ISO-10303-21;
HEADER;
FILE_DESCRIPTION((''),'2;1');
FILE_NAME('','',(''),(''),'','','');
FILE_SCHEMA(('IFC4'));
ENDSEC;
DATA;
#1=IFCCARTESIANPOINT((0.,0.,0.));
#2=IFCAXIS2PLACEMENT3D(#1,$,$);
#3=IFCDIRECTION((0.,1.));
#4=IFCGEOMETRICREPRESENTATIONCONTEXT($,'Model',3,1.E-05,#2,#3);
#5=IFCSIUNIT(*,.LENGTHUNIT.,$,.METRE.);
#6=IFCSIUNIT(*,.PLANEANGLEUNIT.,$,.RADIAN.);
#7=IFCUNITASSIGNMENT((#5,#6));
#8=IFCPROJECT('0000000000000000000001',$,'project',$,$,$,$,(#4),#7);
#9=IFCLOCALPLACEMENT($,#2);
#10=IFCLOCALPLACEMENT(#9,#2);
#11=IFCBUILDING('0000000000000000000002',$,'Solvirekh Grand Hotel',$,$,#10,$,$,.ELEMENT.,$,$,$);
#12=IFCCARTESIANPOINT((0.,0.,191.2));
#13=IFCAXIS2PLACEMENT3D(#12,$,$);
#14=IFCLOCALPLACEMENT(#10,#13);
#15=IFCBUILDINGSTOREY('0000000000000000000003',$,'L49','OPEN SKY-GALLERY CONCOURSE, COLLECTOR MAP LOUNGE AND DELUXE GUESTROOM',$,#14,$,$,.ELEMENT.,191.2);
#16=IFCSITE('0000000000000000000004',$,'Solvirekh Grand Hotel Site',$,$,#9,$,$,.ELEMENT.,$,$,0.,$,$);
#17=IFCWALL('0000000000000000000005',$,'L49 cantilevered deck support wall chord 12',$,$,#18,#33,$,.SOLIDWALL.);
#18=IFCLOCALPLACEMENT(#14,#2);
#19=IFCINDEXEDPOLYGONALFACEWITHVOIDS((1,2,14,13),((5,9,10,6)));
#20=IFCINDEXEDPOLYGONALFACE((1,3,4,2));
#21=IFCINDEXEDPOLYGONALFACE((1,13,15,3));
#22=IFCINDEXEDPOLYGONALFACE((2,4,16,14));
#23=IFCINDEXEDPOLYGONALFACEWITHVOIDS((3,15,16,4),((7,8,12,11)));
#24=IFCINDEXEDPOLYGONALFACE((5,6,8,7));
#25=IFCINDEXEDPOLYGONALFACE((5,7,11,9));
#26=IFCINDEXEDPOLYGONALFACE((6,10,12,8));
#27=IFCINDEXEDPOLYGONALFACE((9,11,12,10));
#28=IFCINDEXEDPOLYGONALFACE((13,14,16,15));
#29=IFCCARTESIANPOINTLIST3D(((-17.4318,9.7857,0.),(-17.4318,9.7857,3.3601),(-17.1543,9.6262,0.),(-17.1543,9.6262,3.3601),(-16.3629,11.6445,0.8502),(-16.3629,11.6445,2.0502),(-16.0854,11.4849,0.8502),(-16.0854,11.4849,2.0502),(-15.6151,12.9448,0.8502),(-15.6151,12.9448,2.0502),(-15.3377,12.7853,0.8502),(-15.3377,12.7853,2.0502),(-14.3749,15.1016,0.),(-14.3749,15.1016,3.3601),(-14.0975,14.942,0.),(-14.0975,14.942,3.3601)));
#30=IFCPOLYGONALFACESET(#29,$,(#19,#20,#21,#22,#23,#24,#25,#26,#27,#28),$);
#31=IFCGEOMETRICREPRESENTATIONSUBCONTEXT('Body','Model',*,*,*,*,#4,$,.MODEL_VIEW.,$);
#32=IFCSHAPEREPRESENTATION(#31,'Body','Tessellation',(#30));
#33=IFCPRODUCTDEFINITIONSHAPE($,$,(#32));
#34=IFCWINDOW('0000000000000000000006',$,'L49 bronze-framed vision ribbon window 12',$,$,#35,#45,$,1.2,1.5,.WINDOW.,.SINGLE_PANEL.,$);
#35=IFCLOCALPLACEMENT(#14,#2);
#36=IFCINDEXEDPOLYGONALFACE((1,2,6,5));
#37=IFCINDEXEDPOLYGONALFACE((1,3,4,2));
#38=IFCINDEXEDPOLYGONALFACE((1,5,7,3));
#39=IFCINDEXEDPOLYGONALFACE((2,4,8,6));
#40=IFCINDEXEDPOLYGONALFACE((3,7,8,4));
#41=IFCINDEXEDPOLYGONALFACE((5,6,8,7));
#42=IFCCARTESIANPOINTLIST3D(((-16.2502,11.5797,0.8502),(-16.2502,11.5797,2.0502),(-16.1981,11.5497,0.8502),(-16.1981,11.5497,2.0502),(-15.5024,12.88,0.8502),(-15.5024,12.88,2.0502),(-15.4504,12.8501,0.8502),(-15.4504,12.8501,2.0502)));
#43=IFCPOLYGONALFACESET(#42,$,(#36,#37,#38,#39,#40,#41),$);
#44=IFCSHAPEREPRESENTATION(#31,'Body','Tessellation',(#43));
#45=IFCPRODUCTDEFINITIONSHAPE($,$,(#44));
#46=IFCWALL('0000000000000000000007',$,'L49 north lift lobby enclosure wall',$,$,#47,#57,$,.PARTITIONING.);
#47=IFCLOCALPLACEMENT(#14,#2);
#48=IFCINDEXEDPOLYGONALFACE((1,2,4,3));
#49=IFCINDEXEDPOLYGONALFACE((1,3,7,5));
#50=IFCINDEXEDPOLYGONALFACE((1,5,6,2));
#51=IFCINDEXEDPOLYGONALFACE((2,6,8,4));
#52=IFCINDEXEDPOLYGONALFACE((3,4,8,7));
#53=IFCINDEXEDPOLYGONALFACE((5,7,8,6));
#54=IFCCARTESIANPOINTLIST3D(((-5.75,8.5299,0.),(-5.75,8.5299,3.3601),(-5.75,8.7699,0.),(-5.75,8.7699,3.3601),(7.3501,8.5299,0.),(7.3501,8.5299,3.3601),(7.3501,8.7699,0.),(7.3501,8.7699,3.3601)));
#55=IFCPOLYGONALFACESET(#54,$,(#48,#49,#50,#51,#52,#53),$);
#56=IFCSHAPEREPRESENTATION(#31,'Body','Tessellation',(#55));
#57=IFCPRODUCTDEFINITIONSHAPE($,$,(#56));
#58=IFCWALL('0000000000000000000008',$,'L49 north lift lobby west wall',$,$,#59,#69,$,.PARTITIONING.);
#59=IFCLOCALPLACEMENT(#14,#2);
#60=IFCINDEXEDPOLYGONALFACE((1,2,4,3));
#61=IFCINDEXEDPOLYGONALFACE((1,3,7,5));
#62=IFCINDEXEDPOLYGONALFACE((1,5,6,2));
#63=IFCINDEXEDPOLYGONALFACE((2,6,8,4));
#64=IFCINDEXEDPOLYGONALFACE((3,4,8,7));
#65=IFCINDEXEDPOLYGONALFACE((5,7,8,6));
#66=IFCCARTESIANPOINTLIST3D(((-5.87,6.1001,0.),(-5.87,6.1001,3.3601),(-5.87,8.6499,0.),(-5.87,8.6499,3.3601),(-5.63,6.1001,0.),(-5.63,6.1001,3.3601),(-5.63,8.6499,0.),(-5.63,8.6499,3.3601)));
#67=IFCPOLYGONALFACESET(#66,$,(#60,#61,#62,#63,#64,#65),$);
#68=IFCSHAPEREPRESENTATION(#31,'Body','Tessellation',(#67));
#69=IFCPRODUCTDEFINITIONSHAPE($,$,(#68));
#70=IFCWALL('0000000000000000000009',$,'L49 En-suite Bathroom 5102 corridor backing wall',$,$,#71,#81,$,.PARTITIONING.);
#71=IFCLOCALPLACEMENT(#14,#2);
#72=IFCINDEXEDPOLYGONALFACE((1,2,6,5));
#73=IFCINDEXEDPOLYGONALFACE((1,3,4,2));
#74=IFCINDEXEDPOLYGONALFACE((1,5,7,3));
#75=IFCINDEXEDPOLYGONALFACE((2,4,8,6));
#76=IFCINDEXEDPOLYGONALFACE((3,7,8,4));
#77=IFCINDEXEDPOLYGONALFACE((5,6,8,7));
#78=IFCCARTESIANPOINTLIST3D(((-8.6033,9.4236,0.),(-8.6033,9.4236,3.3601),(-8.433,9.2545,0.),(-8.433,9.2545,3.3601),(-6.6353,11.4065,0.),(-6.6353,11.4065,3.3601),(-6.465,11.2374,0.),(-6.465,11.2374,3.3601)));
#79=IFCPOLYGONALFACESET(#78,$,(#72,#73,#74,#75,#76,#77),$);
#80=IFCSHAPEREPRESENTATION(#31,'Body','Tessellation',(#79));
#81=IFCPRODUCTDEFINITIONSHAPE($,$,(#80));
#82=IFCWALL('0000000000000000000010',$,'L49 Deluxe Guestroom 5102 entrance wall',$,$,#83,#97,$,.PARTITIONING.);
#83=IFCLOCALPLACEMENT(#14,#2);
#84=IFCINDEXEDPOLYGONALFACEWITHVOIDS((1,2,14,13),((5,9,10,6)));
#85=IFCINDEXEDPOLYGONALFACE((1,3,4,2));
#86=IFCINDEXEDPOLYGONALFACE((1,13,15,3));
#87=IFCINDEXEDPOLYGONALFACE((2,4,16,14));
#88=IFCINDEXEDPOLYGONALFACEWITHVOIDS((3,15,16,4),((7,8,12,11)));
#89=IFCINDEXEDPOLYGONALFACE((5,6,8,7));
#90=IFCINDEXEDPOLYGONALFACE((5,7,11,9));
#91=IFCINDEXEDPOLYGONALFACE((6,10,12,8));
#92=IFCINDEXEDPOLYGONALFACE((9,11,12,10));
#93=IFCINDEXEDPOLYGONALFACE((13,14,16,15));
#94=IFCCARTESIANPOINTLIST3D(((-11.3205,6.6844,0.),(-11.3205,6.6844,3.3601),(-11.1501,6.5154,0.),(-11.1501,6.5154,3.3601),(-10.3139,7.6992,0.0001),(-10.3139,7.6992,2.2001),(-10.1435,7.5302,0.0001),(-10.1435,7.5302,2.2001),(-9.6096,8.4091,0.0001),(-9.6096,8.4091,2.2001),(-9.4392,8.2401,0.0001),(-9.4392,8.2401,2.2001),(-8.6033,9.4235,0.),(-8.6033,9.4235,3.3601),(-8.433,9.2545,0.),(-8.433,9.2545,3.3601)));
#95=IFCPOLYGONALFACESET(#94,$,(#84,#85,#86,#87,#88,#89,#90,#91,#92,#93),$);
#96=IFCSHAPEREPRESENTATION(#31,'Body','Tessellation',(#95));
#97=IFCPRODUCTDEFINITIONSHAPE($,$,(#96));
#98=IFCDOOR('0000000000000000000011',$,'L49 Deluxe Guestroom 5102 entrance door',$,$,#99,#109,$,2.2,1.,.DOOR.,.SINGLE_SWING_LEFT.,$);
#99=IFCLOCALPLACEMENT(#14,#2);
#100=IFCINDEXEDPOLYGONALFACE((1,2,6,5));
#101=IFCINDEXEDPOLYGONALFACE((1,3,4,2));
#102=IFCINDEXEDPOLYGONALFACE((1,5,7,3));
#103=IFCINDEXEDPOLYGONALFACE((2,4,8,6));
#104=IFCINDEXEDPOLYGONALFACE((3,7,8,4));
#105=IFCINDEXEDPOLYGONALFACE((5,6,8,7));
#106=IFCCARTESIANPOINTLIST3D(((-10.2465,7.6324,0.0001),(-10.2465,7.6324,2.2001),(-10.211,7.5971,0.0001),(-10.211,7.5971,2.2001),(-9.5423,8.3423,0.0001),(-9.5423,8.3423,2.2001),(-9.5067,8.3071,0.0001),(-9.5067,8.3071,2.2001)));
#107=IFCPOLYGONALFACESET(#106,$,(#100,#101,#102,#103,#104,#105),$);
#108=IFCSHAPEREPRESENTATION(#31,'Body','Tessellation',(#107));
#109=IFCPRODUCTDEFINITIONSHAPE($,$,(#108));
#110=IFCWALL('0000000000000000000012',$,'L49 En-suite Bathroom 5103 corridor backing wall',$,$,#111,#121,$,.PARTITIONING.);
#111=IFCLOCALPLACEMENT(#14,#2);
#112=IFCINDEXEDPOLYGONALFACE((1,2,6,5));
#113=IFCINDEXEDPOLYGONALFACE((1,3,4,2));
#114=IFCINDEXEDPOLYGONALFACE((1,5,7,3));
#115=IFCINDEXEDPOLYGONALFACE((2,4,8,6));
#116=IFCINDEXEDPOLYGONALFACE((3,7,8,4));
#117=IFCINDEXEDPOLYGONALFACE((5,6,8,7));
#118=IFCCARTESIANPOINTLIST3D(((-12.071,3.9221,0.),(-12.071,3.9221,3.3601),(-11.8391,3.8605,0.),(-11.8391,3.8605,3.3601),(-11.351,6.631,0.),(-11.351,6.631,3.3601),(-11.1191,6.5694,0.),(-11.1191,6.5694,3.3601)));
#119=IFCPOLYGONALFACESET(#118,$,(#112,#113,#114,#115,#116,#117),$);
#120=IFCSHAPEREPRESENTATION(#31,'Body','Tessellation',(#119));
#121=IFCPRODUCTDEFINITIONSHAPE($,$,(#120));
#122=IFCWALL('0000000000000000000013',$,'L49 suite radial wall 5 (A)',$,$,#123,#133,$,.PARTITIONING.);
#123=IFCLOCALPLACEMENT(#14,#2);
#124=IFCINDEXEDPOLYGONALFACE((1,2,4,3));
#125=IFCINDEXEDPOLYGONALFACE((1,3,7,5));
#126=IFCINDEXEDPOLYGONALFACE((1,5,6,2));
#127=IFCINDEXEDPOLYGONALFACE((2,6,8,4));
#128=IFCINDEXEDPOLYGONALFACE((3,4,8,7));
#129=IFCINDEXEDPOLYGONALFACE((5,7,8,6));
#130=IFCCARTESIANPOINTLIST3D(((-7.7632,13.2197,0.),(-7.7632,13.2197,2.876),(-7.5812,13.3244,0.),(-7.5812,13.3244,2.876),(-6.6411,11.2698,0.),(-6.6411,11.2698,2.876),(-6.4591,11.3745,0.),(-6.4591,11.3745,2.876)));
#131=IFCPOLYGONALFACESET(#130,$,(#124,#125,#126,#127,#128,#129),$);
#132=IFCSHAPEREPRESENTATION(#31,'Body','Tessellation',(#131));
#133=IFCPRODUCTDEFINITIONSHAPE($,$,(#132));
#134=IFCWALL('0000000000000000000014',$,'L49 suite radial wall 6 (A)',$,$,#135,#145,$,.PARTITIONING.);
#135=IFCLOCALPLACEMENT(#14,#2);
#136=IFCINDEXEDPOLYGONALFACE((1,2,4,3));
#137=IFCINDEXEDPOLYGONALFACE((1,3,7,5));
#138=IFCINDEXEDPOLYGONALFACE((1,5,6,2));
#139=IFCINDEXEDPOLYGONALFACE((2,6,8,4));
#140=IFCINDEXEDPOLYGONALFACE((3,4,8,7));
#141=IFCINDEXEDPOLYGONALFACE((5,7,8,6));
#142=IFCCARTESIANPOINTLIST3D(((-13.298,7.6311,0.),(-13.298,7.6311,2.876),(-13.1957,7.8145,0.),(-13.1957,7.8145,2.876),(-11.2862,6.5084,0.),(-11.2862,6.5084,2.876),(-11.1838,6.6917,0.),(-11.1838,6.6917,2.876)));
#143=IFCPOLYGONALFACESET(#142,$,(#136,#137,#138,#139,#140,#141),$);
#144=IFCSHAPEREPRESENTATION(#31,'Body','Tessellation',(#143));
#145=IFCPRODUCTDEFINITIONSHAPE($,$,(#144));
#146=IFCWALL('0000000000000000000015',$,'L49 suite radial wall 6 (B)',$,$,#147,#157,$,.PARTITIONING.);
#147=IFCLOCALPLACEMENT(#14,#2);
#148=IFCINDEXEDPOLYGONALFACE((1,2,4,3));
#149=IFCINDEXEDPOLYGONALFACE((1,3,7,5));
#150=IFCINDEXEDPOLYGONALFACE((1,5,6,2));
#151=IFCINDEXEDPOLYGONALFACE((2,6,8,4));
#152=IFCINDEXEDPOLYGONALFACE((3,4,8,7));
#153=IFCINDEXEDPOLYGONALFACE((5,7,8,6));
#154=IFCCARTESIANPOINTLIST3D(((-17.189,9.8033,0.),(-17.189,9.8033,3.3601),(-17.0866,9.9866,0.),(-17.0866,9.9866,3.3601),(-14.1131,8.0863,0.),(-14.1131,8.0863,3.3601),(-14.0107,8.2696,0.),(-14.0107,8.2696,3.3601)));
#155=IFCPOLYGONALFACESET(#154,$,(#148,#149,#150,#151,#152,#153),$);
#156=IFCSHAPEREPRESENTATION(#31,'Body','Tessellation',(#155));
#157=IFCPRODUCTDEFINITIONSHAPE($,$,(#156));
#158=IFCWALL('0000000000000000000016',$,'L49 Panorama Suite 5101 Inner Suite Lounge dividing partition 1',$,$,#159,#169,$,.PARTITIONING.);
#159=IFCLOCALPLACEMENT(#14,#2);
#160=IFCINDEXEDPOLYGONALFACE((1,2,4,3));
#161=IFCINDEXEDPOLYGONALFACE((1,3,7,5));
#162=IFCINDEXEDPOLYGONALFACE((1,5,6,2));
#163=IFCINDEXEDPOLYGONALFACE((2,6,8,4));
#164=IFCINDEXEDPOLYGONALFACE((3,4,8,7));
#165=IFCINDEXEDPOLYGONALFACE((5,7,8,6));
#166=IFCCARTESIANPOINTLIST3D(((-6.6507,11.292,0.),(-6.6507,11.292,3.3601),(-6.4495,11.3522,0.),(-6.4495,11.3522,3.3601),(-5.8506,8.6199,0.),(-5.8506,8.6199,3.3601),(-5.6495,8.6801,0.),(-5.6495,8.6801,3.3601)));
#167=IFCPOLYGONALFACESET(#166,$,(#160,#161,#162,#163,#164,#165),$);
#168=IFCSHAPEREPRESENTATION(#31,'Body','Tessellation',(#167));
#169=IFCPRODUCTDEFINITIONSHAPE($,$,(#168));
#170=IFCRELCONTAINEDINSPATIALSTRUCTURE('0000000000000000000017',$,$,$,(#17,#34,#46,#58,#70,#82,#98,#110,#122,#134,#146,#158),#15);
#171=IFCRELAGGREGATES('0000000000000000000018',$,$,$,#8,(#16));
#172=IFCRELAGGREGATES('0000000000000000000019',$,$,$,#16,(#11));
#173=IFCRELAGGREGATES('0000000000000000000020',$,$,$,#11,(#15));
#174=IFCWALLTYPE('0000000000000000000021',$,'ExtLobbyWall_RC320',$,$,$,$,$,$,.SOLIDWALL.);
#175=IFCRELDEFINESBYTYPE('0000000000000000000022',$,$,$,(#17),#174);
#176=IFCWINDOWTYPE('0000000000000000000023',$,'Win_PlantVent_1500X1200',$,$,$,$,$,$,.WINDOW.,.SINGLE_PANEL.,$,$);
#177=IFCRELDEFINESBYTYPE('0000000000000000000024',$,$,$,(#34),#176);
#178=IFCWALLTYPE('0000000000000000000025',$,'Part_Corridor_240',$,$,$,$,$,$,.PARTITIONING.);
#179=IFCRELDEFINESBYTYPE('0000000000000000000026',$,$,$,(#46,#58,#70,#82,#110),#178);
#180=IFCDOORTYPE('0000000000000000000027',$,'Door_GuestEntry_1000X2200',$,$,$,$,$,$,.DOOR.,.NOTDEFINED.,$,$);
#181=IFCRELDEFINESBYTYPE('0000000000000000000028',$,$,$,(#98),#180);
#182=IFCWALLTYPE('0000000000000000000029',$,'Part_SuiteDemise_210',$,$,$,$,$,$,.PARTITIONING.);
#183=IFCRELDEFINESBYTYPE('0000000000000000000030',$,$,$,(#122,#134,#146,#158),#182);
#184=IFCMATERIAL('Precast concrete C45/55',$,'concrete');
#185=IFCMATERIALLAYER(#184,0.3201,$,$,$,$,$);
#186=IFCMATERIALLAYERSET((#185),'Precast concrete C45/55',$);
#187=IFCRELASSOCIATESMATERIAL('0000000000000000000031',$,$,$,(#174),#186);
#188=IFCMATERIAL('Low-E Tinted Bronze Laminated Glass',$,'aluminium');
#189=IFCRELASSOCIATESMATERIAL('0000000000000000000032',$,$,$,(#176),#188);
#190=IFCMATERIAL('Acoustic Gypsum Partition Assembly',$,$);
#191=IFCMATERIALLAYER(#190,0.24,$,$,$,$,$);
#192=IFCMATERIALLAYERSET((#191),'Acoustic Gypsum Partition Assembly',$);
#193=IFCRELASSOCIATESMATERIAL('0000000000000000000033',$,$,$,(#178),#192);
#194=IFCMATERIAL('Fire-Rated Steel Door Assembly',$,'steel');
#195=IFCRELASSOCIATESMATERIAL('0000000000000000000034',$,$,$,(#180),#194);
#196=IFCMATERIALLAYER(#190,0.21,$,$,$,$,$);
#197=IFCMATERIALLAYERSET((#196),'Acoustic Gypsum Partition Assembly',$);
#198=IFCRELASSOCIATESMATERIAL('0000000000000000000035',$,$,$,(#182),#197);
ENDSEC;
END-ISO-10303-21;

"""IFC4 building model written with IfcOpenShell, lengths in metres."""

from ifc_helpers import new_model, si_unit, direction, frame, frame_2d, origin, place, context, subcontext, project, spatial, rectangle, extrude, material, layer, layer_set, type_object, element, fill, save


model = new_model("IFC4")

# Units and contexts
model_context = context("Model", 3, precision=1e-05, world=origin(), true_north=direction((0.0, 1.0)))
body_context = subcontext(model_context, "Body", "Model", "MODEL_VIEW")
ifc_project = project(units=[si_unit("LENGTHUNIT", "METRE"), si_unit("PLANEANGLEUNIT", "RADIAN")], contexts=[model_context])

# Site, building, storey
site_placement = place(None, origin())
site = spatial("IfcSite", under=ifc_project, at=site_placement, Name="Solvirekh Grand Hotel Site", CompositionType="ELEMENT", RefElevation=0.0)
building_placement = place(site_placement, origin())
building = spatial("IfcBuilding", under=site, at=building_placement, Name="Solvirekh Grand Hotel", CompositionType="ELEMENT")
storey_placement = place(building_placement, frame((0.0, 0.0, 191.2)))
storey = spatial("IfcBuildingStorey", under=building, at=storey_placement, Name="L49", Description="OPEN SKY-GALLERY CONCOURSE, COLLECTOR MAP LOUNGE AND DELUXE GUESTROOM", CompositionType="ELEMENT", Elevation=191.2)

# Wall, opening, window
ifc_material_1 = material(Name="Precast concrete C45/55", Category="concrete")
ifc_layer_1 = layer(ifc_material_1, 0.3201)
ifc_layer_set_1 = layer_set([ifc_layer_1], Name="Precast concrete C45/55")
wall_type_1 = type_object("IfcWallType", Name="ExtLobbyWall_RC320", PredefinedType="SOLIDWALL", material=ifc_layer_set_1)
wall_1_placement = place(storey_placement, frame((-17.293, 9.7061, 0.0), z_axis=(0.0, 0.0, 1.0), x_axis=(0.4985, 0.86689, 0.0)))
wall_1 = element("IfcWall", 1, at=wall_1_placement, inside=storey, type_object=wall_type_1, Name="L49 cantilevered deck support wall chord 12", PredefinedType="SOLIDWALL", context=body_context, shape_type="SweptSolid", body=[
    extrude(rectangle(XDim=6.1321, YDim=0.3201, at=frame_2d((3.0659, 0.0))), origin(), (0.0, 0.0, 1.0), 3.3601),
])
opening_1_placement = place(wall_1_placement, frame((2.144, 0.0, 0.8501)))
opening_1 = element("IfcOpeningElement", 2, at=opening_1_placement, cuts=wall_1, PredefinedType="OPENING", context=body_context, shape_type="SweptSolid", body=[
    extrude(rectangle(XDim=1.5, YDim=1.2, at=frame_2d((0.75, 0.6001))), frame((0.0, 0.1699, 0.0), z_axis=(0.0, -1.0, 0.0), x_axis=(1.0, 0.0, 0.0)), (0.0, 0.0, 1.0), 0.3401),
])
ifc_material_2 = material(Name="Low-E Tinted Bronze Laminated Glass", Category="aluminium")
window_type = type_object("IfcWindowType", Name="Win_PlantVent_1500X1200", PartitioningType="SINGLE_PANEL", PredefinedType="WINDOW", material=ifc_material_2)
window_placement = place(opening_1_placement, origin())
window = element("IfcWindow", 3, at=window_placement, inside=storey, type_object=window_type, Name="L49 bronze-framed vision ribbon window 12", OverallHeight=1.2, OverallWidth=1.5, PartitioningType="SINGLE_PANEL", PredefinedType="WINDOW", context=body_context, shape_type="SweptSolid", body=[
    extrude(rectangle(XDim=1.5, YDim=1.2, at=frame_2d((0.75, 0.6001))), frame((0.0, 0.03, 0.0), z_axis=(0.0, -1.0, 0.0), x_axis=(1.0, 0.0, 0.0)), (0.0, 0.0, 1.0), 0.0601),
])
fill(opening_1, window)

# Walls
ifc_material_3 = material(Name="Acoustic Gypsum Partition Assembly")
ifc_layer_2 = layer(ifc_material_3, 0.24)
ifc_layer_set_2 = layer_set([ifc_layer_2], Name="Acoustic Gypsum Partition Assembly")
wall_type_2 = type_object("IfcWallType", Name="Part_Corridor_240", PredefinedType="PARTITIONING", material=ifc_layer_set_2)
wall_2_placement = place(storey_placement, frame((-5.75, 8.6499, 0.0), z_axis=(0.0, 0.0, 1.0), x_axis=(1.0, 0.0, 0.0)))
element("IfcWall", 4, at=wall_2_placement, inside=storey, type_object=wall_type_2, Name="L49 north lift lobby enclosure wall", PredefinedType="PARTITIONING", context=body_context, shape_type="SweptSolid", body=[
    extrude(rectangle(XDim=13.1001, YDim=0.24, at=frame_2d((6.55, 0.0))), origin(), (0.0, 0.0, 1.0), 3.3601),
])
wall_3_placement = place(storey_placement, frame((-5.75, 6.1001, 0.0), z_axis=(0.0, 0.0, 1.0), x_axis=(0.0, 1.0, 0.0)))
element("IfcWall", 5, at=wall_3_placement, inside=storey, type_object=wall_type_2, Name="L49 north lift lobby west wall", PredefinedType="PARTITIONING", context=body_context, shape_type="SweptSolid", body=[
    extrude(rectangle(XDim=2.5498, YDim=0.24, at=frame_2d((1.2749, 0.0))), origin(), (0.0, 0.0, 1.0), 3.3601),
])
wall_4_placement = place(storey_placement, frame((-6.55, 11.322, 0.0), z_axis=(0.0, 0.0, 1.0), x_axis=(-0.704436, -0.709767, 0.0)))
element("IfcWall", 6, at=wall_4_placement, inside=storey, type_object=wall_type_2, Name="L49 En-suite Bathroom 5102 corridor backing wall", PredefinedType="PARTITIONING", context=body_context, shape_type="SweptSolid", body=[
    extrude(rectangle(XDim=2.7937, YDim=0.24, at=frame_2d((1.397, 0.0))), origin(), (0.0, 0.0, 1.0), 3.3601),
])

# Wall, opening, door
wall_5_placement = place(storey_placement, frame((-8.5181, 9.3391, 0.0), z_axis=(0.0, 0.0, 1.0), x_axis=(-0.704253, -0.709949, 0.0)))
wall_5 = element("IfcWall", 7, at=wall_5_placement, inside=storey, type_object=wall_type_2, Name="L49 Deluxe Guestroom 5102 entrance wall", PredefinedType="PARTITIONING", context=body_context, shape_type="SweptSolid", body=[
    extrude(rectangle(XDim=3.8582, YDim=0.24, at=frame_2d((1.9292, 0.0))), origin(), (0.0, 0.0, 1.0), 3.3601),
])
opening_2_placement = place(wall_5_placement, frame((1.429, 0.0, 0.0)))
opening_2 = element("IfcOpeningElement", 8, at=opening_2_placement, cuts=wall_5, PredefinedType="OPENING", context=body_context, shape_type="SweptSolid", body=[
    extrude(rectangle(XDim=1.0, YDim=2.2, at=frame_2d((0.5, 1.1001))), frame((0.0, 0.1299, 0.0), z_axis=(0.0, -1.0, 0.0), x_axis=(1.0, 0.0, 0.0)), (0.0, 0.0, 1.0), 0.26),
])
ifc_material_4 = material(Name="Fire-Rated Steel Door Assembly", Category="steel")
door_type_1 = type_object("IfcDoorType", Name="Door_GuestEntry_1000X2200", OperationType="NOTDEFINED", PredefinedType="DOOR", material=ifc_material_4)
door_1_placement = place(opening_2_placement, origin())
door_1 = element("IfcDoor", 9, at=door_1_placement, inside=storey, type_object=door_type_1, Name="L49 Deluxe Guestroom 5102 entrance door", OperationType="SINGLE_SWING_LEFT", OverallHeight=2.2, OverallWidth=1.0, PredefinedType="DOOR", context=body_context, shape_type="SweptSolid", body=[
    extrude(rectangle(XDim=1.0, YDim=2.2, at=frame_2d((0.5, 1.1001))), frame((0.0, 0.0249, 0.0), z_axis=(0.0, -1.0, 0.0), x_axis=(1.0, 0.0, 0.0)), (0.0, 0.0, 1.0), 0.05),
])
fill(opening_2, door_1)

# Walls
wall_6_placement = place(storey_placement, frame((-11.2351, 6.6001, 0.0), z_axis=(0.0, 0.0, 1.0), x_axis=(-0.256855, -0.96645, 0.0)))
element("IfcWall", 10, at=wall_6_placement, inside=storey, type_object=wall_type_2, Name="L49 En-suite Bathroom 5103 corridor backing wall", PredefinedType="PARTITIONING", context=body_context, shape_type="SweptSolid", body=[
    extrude(rectangle(XDim=2.803, YDim=0.24, at=frame_2d((1.4014, 0.0))), origin(), (0.0, 0.0, 1.0), 3.3601),
])
ifc_layer_3 = layer(ifc_material_3, 0.21)
ifc_layer_set_3 = layer_set([ifc_layer_3], Name="Acoustic Gypsum Partition Assembly")
wall_type_3 = type_object("IfcWallType", Name="Part_SuiteDemise_210", PredefinedType="PARTITIONING", material=ifc_layer_set_3)
wall_7_placement = place(storey_placement, frame((-6.55, 11.322, 0.0), z_axis=(0.0, 0.0, 1.0), x_axis=(-0.498755, 0.866743, 0.0)))
element("IfcWall", 11, at=wall_7_placement, inside=storey, type_object=wall_type_3, Name="L49 suite radial wall 5 (A)", PredefinedType="PARTITIONING", context=body_context, shape_type="SweptSolid", body=[
    extrude(rectangle(XDim=2.2498, YDim=0.21, at=frame_2d((1.125, 0.0))), origin(), (0.0, 0.0, 1.0), 2.876),
])
wall_8_placement = place(storey_placement, frame((-11.2351, 6.6001, 0.0), z_axis=(0.0, 0.0, 1.0), x_axis=(-0.873226, 0.487315, 0.0)))
element("IfcWall", 12, at=wall_8_placement, inside=storey, type_object=wall_type_3, Name="L49 suite radial wall 6 (A)", PredefinedType="PARTITIONING", context=body_context, shape_type="SweptSolid", body=[
    extrude(rectangle(XDim=2.304, YDim=0.21, at=frame_2d((1.1519, 0.0))), origin(), (0.0, 0.0, 1.0), 2.876),
])
wall_9_placement = place(storey_placement, frame((-14.062, 8.178, 0.0), z_axis=(0.0, 0.0, 1.0), x_axis=(-0.873168, 0.487419, 0.0)))
element("IfcWall", 13, at=wall_9_placement, inside=storey, type_object=wall_type_3, Name="L49 suite radial wall 6 (B)", PredefinedType="PARTITIONING", context=body_context, shape_type="SweptSolid", body=[
    extrude(rectangle(XDim=3.5227, YDim=0.21, at=frame_2d((1.7612, 0.0))), origin(), (0.0, 0.0, 1.0), 3.3601),
])
wall_10_placement = place(storey_placement, frame((-6.55, 11.322, 0.0), z_axis=(0.0, 0.0, 1.0), x_axis=(0.286826, -0.957983, 0.0)))
element("IfcWall", 14, at=wall_10_placement, inside=storey, type_object=wall_type_3, Name="L49 Panorama Suite 5101 Inner Suite Lounge dividing partition 1", PredefinedType="PARTITIONING", context=body_context, shape_type="SweptSolid", body=[
    extrude(rectangle(XDim=2.7893, YDim=0.21, at=frame_2d((1.3945, 0.0))), origin(), (0.0, 0.0, 1.0), 3.3601),
])

save(model, "model.ifc")
